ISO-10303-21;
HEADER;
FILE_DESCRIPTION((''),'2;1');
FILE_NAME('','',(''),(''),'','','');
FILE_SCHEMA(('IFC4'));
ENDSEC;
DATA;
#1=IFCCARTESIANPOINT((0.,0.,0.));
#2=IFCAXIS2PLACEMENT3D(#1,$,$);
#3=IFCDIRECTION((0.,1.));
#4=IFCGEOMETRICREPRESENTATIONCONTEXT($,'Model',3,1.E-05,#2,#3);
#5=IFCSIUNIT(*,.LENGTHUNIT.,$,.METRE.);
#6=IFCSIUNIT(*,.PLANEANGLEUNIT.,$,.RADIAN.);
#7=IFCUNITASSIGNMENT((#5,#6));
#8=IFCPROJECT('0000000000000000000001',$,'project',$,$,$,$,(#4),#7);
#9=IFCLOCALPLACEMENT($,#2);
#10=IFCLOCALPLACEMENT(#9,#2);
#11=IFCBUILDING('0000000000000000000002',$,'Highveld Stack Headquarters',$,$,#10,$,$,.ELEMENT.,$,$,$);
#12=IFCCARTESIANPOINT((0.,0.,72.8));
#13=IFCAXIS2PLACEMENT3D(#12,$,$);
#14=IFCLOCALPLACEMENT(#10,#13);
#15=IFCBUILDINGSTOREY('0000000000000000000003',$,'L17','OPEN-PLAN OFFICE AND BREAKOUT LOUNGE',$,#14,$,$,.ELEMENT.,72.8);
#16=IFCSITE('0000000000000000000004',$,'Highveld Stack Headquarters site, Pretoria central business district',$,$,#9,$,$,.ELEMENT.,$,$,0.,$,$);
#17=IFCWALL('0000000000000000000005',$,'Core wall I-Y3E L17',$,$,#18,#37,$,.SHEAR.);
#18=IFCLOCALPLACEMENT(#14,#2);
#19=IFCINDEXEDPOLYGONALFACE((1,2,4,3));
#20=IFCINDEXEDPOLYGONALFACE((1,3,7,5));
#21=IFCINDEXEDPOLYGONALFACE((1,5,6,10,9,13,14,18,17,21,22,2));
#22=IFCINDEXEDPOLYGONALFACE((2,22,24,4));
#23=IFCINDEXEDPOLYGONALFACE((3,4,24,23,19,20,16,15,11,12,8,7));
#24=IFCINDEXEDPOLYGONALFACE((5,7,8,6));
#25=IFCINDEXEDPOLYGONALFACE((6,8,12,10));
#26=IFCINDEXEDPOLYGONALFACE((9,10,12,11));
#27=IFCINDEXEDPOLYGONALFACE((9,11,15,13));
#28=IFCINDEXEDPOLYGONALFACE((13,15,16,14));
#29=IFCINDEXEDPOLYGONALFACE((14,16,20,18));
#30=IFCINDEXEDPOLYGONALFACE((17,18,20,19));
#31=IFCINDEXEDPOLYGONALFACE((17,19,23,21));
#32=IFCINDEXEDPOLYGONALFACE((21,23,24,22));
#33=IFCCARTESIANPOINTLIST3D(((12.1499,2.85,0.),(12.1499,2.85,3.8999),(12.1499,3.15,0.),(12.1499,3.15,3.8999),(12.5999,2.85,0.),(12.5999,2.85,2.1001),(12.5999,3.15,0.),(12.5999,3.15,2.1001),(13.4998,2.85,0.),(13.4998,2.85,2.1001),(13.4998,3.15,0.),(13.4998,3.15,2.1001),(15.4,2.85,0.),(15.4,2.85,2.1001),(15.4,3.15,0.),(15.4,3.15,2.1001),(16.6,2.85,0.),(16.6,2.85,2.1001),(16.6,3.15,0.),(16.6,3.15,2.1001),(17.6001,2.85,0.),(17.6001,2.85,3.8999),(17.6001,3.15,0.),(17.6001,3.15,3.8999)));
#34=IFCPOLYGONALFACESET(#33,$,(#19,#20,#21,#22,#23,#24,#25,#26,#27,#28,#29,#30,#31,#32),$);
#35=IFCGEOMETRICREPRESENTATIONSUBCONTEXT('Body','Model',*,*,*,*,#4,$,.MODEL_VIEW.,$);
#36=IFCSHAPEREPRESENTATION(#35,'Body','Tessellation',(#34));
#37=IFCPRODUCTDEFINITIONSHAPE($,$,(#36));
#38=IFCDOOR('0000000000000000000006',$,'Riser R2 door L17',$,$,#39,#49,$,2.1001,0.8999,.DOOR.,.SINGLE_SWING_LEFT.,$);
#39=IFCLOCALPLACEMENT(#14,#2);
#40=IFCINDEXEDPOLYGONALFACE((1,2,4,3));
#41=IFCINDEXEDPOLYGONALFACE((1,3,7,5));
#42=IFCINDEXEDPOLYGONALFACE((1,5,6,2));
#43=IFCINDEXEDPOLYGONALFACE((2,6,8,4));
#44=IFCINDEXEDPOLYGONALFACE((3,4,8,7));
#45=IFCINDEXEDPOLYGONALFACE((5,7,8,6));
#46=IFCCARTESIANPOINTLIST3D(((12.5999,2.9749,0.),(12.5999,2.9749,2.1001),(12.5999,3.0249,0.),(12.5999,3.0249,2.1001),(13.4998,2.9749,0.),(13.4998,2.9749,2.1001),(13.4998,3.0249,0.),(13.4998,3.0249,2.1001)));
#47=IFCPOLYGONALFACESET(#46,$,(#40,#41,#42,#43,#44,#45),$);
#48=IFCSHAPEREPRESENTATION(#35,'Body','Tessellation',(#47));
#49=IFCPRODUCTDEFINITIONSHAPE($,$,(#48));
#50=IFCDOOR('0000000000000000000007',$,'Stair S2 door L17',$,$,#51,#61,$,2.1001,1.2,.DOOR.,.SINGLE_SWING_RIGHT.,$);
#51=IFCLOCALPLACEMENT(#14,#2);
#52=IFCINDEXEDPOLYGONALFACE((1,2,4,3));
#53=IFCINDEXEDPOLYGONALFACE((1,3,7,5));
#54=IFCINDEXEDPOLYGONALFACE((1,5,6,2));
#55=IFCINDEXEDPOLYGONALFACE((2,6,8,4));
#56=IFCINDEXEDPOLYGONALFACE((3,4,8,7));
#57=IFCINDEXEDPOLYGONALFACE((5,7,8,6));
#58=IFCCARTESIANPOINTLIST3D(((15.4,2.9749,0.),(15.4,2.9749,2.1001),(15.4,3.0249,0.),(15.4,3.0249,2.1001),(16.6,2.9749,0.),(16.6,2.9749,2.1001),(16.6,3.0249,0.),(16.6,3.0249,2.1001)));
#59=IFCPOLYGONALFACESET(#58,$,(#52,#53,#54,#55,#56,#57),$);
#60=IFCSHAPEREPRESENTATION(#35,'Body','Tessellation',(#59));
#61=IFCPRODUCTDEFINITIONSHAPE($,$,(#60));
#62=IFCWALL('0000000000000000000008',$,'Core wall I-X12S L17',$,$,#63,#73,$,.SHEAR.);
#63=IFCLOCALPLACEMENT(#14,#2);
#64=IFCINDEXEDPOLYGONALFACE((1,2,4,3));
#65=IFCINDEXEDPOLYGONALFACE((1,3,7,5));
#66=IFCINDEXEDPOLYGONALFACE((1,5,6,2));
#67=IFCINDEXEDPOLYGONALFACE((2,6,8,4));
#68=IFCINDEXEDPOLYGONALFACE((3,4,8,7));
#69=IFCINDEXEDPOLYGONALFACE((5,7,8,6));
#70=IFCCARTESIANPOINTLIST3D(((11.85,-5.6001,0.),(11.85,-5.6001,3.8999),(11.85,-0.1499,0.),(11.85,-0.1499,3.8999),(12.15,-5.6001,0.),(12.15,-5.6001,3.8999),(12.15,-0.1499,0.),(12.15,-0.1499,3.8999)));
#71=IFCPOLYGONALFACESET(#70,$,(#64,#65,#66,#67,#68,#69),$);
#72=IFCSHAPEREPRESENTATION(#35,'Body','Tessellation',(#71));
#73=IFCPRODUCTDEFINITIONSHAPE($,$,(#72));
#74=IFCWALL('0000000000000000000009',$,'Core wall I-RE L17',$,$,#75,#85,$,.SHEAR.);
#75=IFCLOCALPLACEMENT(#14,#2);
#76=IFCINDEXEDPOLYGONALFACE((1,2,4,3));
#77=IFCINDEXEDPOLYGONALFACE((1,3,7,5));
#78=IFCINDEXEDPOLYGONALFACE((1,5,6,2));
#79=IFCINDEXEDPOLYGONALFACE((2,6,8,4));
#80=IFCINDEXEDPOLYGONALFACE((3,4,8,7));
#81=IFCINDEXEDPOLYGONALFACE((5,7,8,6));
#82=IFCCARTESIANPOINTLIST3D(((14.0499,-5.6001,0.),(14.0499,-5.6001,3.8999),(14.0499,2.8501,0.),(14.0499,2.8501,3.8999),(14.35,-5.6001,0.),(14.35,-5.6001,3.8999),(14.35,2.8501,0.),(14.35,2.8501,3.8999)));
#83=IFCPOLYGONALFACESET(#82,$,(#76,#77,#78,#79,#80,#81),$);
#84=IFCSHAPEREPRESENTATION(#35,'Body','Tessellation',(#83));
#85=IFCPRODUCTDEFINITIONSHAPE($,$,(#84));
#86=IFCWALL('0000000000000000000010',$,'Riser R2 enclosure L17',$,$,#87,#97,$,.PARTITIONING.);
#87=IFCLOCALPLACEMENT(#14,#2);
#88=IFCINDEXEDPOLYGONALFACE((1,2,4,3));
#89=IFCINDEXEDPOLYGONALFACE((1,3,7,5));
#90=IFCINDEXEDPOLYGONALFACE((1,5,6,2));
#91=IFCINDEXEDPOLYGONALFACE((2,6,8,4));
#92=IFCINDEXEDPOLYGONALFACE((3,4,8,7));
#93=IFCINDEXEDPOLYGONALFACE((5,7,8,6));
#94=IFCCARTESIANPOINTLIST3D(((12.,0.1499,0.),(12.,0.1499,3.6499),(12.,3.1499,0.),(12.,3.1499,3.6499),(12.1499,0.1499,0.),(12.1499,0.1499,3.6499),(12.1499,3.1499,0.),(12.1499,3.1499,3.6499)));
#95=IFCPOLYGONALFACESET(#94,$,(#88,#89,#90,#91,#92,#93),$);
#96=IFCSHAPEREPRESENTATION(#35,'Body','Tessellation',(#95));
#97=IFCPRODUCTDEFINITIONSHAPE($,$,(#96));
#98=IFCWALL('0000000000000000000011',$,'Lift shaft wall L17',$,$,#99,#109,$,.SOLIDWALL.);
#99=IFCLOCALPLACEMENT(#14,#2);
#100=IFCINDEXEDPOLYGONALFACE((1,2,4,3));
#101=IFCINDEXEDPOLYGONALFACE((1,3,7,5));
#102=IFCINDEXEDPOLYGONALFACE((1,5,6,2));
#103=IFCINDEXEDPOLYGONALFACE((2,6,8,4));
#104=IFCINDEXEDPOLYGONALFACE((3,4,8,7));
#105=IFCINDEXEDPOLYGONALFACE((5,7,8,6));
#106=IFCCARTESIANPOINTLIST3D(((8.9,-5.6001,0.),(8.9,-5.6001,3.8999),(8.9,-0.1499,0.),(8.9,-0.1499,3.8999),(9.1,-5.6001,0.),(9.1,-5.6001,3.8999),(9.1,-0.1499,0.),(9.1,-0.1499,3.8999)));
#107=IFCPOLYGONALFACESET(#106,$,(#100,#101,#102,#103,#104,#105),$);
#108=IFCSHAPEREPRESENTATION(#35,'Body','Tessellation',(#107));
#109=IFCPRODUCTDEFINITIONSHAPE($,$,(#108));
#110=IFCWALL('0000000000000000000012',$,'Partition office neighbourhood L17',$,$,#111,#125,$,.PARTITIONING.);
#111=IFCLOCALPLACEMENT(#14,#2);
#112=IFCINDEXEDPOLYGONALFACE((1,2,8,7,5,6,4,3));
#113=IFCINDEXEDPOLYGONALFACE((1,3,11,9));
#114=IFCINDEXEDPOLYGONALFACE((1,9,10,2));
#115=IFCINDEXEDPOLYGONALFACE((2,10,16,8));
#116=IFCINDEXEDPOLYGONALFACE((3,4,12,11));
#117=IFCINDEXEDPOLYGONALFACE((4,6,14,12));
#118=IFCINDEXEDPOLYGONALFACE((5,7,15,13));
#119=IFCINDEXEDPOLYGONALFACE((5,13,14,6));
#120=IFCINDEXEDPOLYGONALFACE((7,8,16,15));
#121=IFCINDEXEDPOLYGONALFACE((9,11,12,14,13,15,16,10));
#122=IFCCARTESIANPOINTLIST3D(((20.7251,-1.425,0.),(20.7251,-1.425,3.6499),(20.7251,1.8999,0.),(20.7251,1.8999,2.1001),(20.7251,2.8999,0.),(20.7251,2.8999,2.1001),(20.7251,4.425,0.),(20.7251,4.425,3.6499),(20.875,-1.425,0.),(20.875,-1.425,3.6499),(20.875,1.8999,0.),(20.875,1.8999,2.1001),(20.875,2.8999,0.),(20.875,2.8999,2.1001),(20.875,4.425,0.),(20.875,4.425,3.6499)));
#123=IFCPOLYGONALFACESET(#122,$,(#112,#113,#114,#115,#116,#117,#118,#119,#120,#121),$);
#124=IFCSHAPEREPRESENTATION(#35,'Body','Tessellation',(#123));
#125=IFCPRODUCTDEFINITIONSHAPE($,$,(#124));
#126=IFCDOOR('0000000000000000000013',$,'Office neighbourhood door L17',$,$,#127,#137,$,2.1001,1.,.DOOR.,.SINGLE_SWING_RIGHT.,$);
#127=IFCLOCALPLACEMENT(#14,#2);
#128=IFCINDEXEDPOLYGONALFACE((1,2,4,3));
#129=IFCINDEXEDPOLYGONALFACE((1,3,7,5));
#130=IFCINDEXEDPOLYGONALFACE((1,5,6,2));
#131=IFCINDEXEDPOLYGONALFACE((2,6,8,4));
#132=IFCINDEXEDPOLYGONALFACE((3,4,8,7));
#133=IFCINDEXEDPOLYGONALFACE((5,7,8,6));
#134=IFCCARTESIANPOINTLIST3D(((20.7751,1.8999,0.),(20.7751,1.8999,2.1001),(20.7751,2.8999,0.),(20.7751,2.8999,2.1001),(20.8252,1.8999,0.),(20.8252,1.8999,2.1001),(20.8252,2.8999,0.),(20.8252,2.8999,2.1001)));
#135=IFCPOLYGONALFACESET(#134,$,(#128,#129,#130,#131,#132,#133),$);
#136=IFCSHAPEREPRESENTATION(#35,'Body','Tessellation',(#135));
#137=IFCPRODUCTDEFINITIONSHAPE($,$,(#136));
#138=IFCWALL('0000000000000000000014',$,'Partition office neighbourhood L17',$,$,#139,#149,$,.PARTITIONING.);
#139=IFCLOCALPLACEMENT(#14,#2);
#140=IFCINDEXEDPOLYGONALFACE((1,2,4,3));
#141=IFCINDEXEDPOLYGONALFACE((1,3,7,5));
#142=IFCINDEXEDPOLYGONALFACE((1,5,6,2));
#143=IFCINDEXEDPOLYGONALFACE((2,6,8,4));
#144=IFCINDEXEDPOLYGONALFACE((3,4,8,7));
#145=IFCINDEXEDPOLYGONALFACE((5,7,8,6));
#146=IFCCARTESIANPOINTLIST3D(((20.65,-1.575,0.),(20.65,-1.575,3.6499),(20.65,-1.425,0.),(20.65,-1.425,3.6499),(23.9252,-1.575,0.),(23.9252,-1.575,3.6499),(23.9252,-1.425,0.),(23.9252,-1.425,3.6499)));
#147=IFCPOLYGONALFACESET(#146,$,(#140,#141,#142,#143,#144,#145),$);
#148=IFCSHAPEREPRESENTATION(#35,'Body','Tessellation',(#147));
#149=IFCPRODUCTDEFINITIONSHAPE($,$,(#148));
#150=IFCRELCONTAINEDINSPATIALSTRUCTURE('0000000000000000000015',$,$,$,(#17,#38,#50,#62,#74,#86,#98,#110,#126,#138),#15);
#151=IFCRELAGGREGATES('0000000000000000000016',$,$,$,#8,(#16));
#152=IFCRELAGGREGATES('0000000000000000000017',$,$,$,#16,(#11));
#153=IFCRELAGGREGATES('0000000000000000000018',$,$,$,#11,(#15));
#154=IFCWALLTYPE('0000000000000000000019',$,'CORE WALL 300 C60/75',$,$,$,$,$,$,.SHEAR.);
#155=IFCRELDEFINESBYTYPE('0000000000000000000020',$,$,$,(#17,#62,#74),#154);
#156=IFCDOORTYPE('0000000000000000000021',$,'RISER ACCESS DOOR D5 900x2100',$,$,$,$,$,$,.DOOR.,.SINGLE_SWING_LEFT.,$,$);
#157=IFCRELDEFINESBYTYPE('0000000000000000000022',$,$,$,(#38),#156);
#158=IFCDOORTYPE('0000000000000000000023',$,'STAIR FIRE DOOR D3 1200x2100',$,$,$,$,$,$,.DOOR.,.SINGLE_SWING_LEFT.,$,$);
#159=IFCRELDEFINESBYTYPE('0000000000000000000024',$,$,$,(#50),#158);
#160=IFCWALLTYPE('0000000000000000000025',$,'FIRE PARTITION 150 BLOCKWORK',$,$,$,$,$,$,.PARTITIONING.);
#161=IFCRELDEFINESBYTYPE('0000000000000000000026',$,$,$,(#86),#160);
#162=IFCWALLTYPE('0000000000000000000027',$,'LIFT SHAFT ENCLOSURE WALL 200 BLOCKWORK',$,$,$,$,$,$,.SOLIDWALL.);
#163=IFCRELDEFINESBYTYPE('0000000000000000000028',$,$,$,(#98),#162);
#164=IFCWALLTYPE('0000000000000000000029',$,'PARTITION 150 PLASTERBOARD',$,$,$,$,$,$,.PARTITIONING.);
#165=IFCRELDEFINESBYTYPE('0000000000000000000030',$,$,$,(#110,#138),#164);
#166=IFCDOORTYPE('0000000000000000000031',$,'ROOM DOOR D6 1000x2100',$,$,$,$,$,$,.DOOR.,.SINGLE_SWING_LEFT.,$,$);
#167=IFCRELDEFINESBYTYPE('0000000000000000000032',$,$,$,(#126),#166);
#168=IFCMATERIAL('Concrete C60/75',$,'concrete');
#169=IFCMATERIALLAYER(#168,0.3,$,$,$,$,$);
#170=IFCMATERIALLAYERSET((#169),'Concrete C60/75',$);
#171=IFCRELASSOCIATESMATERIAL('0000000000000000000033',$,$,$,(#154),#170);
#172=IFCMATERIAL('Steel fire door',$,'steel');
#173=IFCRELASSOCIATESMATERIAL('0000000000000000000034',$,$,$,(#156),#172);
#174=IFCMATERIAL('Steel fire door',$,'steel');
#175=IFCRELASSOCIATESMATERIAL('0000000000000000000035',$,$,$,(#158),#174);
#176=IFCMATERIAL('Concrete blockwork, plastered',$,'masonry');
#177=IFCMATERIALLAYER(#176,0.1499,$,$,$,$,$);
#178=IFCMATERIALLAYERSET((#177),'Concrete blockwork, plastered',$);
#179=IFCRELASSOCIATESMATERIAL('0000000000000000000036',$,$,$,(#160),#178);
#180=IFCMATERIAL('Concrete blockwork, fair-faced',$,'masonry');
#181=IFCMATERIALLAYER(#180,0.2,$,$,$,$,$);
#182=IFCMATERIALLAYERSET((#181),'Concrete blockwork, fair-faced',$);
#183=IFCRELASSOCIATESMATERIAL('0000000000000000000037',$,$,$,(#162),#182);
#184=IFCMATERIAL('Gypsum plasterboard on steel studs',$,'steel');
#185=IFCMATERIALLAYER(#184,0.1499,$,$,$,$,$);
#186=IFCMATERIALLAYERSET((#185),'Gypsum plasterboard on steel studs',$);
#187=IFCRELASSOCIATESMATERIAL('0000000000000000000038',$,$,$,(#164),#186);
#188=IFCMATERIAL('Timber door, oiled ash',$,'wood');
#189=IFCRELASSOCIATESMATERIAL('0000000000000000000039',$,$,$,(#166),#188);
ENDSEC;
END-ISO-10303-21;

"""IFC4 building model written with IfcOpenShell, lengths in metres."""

from ifc_helpers import new_model, si_unit, direction, frame, frame_2d, origin, place, context, subcontext, project, spatial, rectangle, extrude, material, layer, layer_set, type_object, element, fill, save


model = new_model("IFC4")

# Units and contexts
model_context = context("Model", 3, precision=1e-05, world=origin(), true_north=direction((0.0, 1.0)))
body_context = subcontext(model_context, "Body", "Model", "MODEL_VIEW")
ifc_project = project(units=[si_unit("LENGTHUNIT", "METRE"), si_unit("PLANEANGLEUNIT", "RADIAN")], contexts=[model_context])

# Site, building, storey
site_placement = place(None, origin())
site = spatial("IfcSite", under=ifc_project, at=site_placement, Name="Highveld Stack Headquarters site, Pretoria central business district", CompositionType="ELEMENT", RefElevation=0.0)
building_placement = place(site_placement, origin())
building = spatial("IfcBuilding", under=site, at=building_placement, Name="Highveld Stack Headquarters", CompositionType="ELEMENT")
storey_placement = place(building_placement, frame((0.0, 0.0, 72.8)))
storey = spatial("IfcBuildingStorey", under=building, at=storey_placement, Name="L17", Description="OPEN-PLAN OFFICE AND BREAKOUT LOUNGE", CompositionType="ELEMENT", Elevation=72.8)

# Wall, openings, doors
ifc_material_1 = material(Name="Concrete C60/75", Category="concrete")
ifc_layer_1 = layer(ifc_material_1, 0.3)
ifc_layer_set_1 = layer_set([ifc_layer_1], Name="Concrete C60/75")
wall_type_1 = type_object("IfcWallType", Name="CORE WALL 300 C60/75", PredefinedType="SHEAR", material=ifc_layer_set_1)
wall_1_placement = place(storey_placement, frame((12.1499, 3.0, 0.0), z_axis=(0.0, 0.0, 1.0), x_axis=(1.0, 0.0, 0.0)))
wall_1 = element("IfcWall", 1, at=wall_1_placement, inside=storey, type_object=wall_type_1, Name="Core wall I-Y3E L17", PredefinedType="SHEAR", context=body_context, shape_type="SweptSolid", body=[
    extrude(rectangle(XDim=5.4502, YDim=0.3, at=frame_2d((2.7251, 0.0))), origin(), (0.0, 0.0, 1.0), 3.8999),
])
opening_1_placement = place(wall_1_placement, frame((3.25, 0.0, 0.0)))
opening_1 = element("IfcOpeningElement", 2, at=opening_1_placement, cuts=wall_1, PredefinedType="OPENING", context=body_context, shape_type="SweptSolid", body=[
    extrude(rectangle(XDim=1.2, YDim=2.1001, at=frame_2d((0.6001, 1.05))), frame((0.0, 0.1599, 0.0), z_axis=(0.0, -1.0, 0.0), x_axis=(1.0, 0.0, 0.0)), (0.0, 0.0, 1.0), 0.3201),
])
opening_2_placement = place(wall_1_placement, frame((0.45, 0.0, 0.0)))
opening_2 = element("IfcOpeningElement", 3, at=opening_2_placement, cuts=wall_1, PredefinedType="OPENING", context=body_context, shape_type="SweptSolid", body=[
    extrude(rectangle(XDim=0.8999, YDim=2.1001, at=frame_2d((0.45, 1.05))), frame((0.0, 0.1599, 0.0), z_axis=(0.0, -1.0, 0.0), x_axis=(1.0, 0.0, 0.0)), (0.0, 0.0, 1.0), 0.3201),
])
ifc_material_2 = material(Name="Steel fire door", Category="steel")
door_type_1 = type_object("IfcDoorType", Name="RISER ACCESS DOOR D5 900x2100", OperationType="SINGLE_SWING_LEFT", PredefinedType="DOOR", material=ifc_material_2)
door_1_placement = place(opening_2_placement, origin())
door_1 = element("IfcDoor", 4, at=door_1_placement, inside=storey, type_object=door_type_1, Name="Riser R2 door L17", OperationType="SINGLE_SWING_LEFT", OverallHeight=2.1001, OverallWidth=0.8999, PredefinedType="DOOR", context=body_context, shape_type="SweptSolid", body=[
    extrude(rectangle(XDim=0.8999, YDim=2.1001, at=frame_2d((0.45, 1.05))), frame((0.0, 0.0249, 0.0), z_axis=(0.0, -1.0, 0.0), x_axis=(1.0, 0.0, 0.0)), (0.0, 0.0, 1.0), 0.05),
])
fill(opening_2, door_1)
ifc_material_3 = material(Name="Steel fire door", Category="steel")
door_type_2 = type_object("IfcDoorType", Name="STAIR FIRE DOOR D3 1200x2100", OperationType="SINGLE_SWING_LEFT", PredefinedType="DOOR", material=ifc_material_3)
door_2_placement = place(opening_1_placement, origin())
door_2 = element("IfcDoor", 5, at=door_2_placement, inside=storey, type_object=door_type_2, Name="Stair S2 door L17", OperationType="SINGLE_SWING_RIGHT", OverallHeight=2.1001, OverallWidth=1.2, PredefinedType="DOOR", context=body_context, shape_type="SweptSolid", body=[
    extrude(rectangle(XDim=1.2, YDim=2.1001, at=frame_2d((0.6001, 1.05))), frame((0.0, 0.0249, 0.0), z_axis=(0.0, -1.0, 0.0), x_axis=(1.0, 0.0, 0.0)), (0.0, 0.0, 1.0), 0.05),
])
fill(opening_1, door_2)

# Walls
wall_2_placement = place(storey_placement, frame((12.0, -5.6001, 0.0), z_axis=(0.0, 0.0, 1.0), x_axis=(0.0, 1.0, 0.0)))
element("IfcWall", 6, at=wall_2_placement, inside=storey, type_object=wall_type_1, Name="Core wall I-X12S L17", PredefinedType="SHEAR", context=body_context, shape_type="SweptSolid", body=[
    extrude(rectangle(XDim=5.4502, YDim=0.3, at=frame_2d((2.7251, 0.0))), origin(), (0.0, 0.0, 1.0), 3.8999),
])
wall_3_placement = place(storey_placement, frame((14.2, -5.6001, 0.0), z_axis=(0.0, 0.0, 1.0), x_axis=(0.0, 1.0, 0.0)))
element("IfcWall", 7, at=wall_3_placement, inside=storey, type_object=wall_type_1, Name="Core wall I-RE L17", PredefinedType="SHEAR", context=body_context, shape_type="SweptSolid", body=[
    extrude(rectangle(XDim=8.4502, YDim=0.3, at=frame_2d((4.2251, 0.0))), origin(), (0.0, 0.0, 1.0), 3.8999),
])
ifc_material_4 = material(Name="Concrete blockwork, plastered", Category="masonry")
ifc_layer_2 = layer(ifc_material_4, 0.1499)
ifc_layer_set_2 = layer_set([ifc_layer_2], Name="Concrete blockwork, plastered")
wall_type_2 = type_object("IfcWallType", Name="FIRE PARTITION 150 BLOCKWORK", PredefinedType="PARTITIONING", material=ifc_layer_set_2)
wall_4_placement = place(storey_placement, frame((12.075, 0.1499, 0.0), z_axis=(0.0, 0.0, 1.0), x_axis=(0.0, 1.0, 0.0)))
element("IfcWall", 8, at=wall_4_placement, inside=storey, type_object=wall_type_2, Name="Riser R2 enclosure L17", PredefinedType="PARTITIONING", context=body_context, shape_type="SweptSolid", body=[
    extrude(rectangle(XDim=3.0, YDim=0.1499, at=frame_2d((1.5, 0.0))), origin(), (0.0, 0.0, 1.0), 3.6499),
])
ifc_material_5 = material(Name="Concrete blockwork, fair-faced", Category="masonry")
ifc_layer_3 = layer(ifc_material_5, 0.2)
ifc_layer_set_3 = layer_set([ifc_layer_3], Name="Concrete blockwork, fair-faced")
wall_type_3 = type_object("IfcWallType", Name="LIFT SHAFT ENCLOSURE WALL 200 BLOCKWORK", PredefinedType="SOLIDWALL", material=ifc_layer_set_3)
wall_5_placement = place(storey_placement, frame((9.0, -5.6001, 0.0), z_axis=(0.0, 0.0, 1.0), x_axis=(0.0, 1.0, 0.0)))
element("IfcWall", 9, at=wall_5_placement, inside=storey, type_object=wall_type_3, Name="Lift shaft wall L17", PredefinedType="SOLIDWALL", context=body_context, shape_type="SweptSolid", body=[
    extrude(rectangle(XDim=5.4502, YDim=0.2, at=frame_2d((2.7251, 0.0))), origin(), (0.0, 0.0, 1.0), 3.8999),
])

# Wall, opening, door
ifc_material_6 = material(Name="Gypsum plasterboard on steel studs", Category="steel")
ifc_layer_4 = layer(ifc_material_6, 0.1499)
ifc_layer_set_4 = layer_set([ifc_layer_4], Name="Gypsum plasterboard on steel studs")
wall_type_4 = type_object("IfcWallType", Name="PARTITION 150 PLASTERBOARD", PredefinedType="PARTITIONING", material=ifc_layer_set_4)
wall_6_placement = place(storey_placement, frame((20.8, -1.425, 0.0), z_axis=(0.0, 0.0, 1.0), x_axis=(0.0, 1.0, 0.0)))
wall_6 = element("IfcWall", 10, at=wall_6_placement, inside=storey, type_object=wall_type_4, Name="Partition office neighbourhood L17", PredefinedType="PARTITIONING", context=body_context, shape_type="SweptSolid", body=[
    extrude(rectangle(XDim=5.8501, YDim=0.1499, at=frame_2d((2.925, 0.0))), origin(), (0.0, 0.0, 1.0), 3.6499),
])
opening_3_placement = place(wall_6_placement, frame((3.325, 0.0, 0.0)))
opening_3 = element("IfcOpeningElement", 11, at=opening_3_placement, cuts=wall_6, PredefinedType="OPENING", context=body_context, shape_type="SweptSolid", body=[
    extrude(rectangle(XDim=1.0, YDim=2.1001, at=frame_2d((0.5, 1.05))), frame((0.0, 0.085, 0.0), z_axis=(0.0, -1.0, 0.0), x_axis=(1.0, 0.0, 0.0)), (0.0, 0.0, 1.0), 0.1699),
])
ifc_material_7 = material(Name="Timber door, oiled ash", Category="wood")
door_type_3 = type_object("IfcDoorType", Name="ROOM DOOR D6 1000x2100", OperationType="SINGLE_SWING_LEFT", PredefinedType="DOOR", material=ifc_material_7)
door_3_placement = place(opening_3_placement, origin())
door_3 = element("IfcDoor", 12, at=door_3_placement, inside=storey, type_object=door_type_3, Name="Office neighbourhood door L17", OperationType="SINGLE_SWING_RIGHT", OverallHeight=2.1001, OverallWidth=1.0, PredefinedType="DOOR", context=body_context, shape_type="SweptSolid", body=[
    extrude(rectangle(XDim=1.0, YDim=2.1001, at=frame_2d((0.5, 1.05))), frame((0.0, 0.0249, 0.0), z_axis=(0.0, -1.0, 0.0), x_axis=(1.0, 0.0, 0.0)), (0.0, 0.0, 1.0), 0.05),
])
fill(opening_3, door_3)

# Wall
wall_7_placement = place(storey_placement, frame((20.6499, -1.5, 0.0), z_axis=(0.0, 0.0, 1.0), x_axis=(1.0, 0.0, 0.0)))
element("IfcWall", 13, at=wall_7_placement, inside=storey, type_object=wall_type_4, Name="Partition office neighbourhood L17", PredefinedType="PARTITIONING", context=body_context, shape_type="SweptSolid", body=[
    extrude(rectangle(XDim=3.2751, YDim=0.1499, at=frame_2d((1.6377, 0.0))), origin(), (0.0, 0.0, 1.0), 3.6499),
])

save(model, "model.ifc")
